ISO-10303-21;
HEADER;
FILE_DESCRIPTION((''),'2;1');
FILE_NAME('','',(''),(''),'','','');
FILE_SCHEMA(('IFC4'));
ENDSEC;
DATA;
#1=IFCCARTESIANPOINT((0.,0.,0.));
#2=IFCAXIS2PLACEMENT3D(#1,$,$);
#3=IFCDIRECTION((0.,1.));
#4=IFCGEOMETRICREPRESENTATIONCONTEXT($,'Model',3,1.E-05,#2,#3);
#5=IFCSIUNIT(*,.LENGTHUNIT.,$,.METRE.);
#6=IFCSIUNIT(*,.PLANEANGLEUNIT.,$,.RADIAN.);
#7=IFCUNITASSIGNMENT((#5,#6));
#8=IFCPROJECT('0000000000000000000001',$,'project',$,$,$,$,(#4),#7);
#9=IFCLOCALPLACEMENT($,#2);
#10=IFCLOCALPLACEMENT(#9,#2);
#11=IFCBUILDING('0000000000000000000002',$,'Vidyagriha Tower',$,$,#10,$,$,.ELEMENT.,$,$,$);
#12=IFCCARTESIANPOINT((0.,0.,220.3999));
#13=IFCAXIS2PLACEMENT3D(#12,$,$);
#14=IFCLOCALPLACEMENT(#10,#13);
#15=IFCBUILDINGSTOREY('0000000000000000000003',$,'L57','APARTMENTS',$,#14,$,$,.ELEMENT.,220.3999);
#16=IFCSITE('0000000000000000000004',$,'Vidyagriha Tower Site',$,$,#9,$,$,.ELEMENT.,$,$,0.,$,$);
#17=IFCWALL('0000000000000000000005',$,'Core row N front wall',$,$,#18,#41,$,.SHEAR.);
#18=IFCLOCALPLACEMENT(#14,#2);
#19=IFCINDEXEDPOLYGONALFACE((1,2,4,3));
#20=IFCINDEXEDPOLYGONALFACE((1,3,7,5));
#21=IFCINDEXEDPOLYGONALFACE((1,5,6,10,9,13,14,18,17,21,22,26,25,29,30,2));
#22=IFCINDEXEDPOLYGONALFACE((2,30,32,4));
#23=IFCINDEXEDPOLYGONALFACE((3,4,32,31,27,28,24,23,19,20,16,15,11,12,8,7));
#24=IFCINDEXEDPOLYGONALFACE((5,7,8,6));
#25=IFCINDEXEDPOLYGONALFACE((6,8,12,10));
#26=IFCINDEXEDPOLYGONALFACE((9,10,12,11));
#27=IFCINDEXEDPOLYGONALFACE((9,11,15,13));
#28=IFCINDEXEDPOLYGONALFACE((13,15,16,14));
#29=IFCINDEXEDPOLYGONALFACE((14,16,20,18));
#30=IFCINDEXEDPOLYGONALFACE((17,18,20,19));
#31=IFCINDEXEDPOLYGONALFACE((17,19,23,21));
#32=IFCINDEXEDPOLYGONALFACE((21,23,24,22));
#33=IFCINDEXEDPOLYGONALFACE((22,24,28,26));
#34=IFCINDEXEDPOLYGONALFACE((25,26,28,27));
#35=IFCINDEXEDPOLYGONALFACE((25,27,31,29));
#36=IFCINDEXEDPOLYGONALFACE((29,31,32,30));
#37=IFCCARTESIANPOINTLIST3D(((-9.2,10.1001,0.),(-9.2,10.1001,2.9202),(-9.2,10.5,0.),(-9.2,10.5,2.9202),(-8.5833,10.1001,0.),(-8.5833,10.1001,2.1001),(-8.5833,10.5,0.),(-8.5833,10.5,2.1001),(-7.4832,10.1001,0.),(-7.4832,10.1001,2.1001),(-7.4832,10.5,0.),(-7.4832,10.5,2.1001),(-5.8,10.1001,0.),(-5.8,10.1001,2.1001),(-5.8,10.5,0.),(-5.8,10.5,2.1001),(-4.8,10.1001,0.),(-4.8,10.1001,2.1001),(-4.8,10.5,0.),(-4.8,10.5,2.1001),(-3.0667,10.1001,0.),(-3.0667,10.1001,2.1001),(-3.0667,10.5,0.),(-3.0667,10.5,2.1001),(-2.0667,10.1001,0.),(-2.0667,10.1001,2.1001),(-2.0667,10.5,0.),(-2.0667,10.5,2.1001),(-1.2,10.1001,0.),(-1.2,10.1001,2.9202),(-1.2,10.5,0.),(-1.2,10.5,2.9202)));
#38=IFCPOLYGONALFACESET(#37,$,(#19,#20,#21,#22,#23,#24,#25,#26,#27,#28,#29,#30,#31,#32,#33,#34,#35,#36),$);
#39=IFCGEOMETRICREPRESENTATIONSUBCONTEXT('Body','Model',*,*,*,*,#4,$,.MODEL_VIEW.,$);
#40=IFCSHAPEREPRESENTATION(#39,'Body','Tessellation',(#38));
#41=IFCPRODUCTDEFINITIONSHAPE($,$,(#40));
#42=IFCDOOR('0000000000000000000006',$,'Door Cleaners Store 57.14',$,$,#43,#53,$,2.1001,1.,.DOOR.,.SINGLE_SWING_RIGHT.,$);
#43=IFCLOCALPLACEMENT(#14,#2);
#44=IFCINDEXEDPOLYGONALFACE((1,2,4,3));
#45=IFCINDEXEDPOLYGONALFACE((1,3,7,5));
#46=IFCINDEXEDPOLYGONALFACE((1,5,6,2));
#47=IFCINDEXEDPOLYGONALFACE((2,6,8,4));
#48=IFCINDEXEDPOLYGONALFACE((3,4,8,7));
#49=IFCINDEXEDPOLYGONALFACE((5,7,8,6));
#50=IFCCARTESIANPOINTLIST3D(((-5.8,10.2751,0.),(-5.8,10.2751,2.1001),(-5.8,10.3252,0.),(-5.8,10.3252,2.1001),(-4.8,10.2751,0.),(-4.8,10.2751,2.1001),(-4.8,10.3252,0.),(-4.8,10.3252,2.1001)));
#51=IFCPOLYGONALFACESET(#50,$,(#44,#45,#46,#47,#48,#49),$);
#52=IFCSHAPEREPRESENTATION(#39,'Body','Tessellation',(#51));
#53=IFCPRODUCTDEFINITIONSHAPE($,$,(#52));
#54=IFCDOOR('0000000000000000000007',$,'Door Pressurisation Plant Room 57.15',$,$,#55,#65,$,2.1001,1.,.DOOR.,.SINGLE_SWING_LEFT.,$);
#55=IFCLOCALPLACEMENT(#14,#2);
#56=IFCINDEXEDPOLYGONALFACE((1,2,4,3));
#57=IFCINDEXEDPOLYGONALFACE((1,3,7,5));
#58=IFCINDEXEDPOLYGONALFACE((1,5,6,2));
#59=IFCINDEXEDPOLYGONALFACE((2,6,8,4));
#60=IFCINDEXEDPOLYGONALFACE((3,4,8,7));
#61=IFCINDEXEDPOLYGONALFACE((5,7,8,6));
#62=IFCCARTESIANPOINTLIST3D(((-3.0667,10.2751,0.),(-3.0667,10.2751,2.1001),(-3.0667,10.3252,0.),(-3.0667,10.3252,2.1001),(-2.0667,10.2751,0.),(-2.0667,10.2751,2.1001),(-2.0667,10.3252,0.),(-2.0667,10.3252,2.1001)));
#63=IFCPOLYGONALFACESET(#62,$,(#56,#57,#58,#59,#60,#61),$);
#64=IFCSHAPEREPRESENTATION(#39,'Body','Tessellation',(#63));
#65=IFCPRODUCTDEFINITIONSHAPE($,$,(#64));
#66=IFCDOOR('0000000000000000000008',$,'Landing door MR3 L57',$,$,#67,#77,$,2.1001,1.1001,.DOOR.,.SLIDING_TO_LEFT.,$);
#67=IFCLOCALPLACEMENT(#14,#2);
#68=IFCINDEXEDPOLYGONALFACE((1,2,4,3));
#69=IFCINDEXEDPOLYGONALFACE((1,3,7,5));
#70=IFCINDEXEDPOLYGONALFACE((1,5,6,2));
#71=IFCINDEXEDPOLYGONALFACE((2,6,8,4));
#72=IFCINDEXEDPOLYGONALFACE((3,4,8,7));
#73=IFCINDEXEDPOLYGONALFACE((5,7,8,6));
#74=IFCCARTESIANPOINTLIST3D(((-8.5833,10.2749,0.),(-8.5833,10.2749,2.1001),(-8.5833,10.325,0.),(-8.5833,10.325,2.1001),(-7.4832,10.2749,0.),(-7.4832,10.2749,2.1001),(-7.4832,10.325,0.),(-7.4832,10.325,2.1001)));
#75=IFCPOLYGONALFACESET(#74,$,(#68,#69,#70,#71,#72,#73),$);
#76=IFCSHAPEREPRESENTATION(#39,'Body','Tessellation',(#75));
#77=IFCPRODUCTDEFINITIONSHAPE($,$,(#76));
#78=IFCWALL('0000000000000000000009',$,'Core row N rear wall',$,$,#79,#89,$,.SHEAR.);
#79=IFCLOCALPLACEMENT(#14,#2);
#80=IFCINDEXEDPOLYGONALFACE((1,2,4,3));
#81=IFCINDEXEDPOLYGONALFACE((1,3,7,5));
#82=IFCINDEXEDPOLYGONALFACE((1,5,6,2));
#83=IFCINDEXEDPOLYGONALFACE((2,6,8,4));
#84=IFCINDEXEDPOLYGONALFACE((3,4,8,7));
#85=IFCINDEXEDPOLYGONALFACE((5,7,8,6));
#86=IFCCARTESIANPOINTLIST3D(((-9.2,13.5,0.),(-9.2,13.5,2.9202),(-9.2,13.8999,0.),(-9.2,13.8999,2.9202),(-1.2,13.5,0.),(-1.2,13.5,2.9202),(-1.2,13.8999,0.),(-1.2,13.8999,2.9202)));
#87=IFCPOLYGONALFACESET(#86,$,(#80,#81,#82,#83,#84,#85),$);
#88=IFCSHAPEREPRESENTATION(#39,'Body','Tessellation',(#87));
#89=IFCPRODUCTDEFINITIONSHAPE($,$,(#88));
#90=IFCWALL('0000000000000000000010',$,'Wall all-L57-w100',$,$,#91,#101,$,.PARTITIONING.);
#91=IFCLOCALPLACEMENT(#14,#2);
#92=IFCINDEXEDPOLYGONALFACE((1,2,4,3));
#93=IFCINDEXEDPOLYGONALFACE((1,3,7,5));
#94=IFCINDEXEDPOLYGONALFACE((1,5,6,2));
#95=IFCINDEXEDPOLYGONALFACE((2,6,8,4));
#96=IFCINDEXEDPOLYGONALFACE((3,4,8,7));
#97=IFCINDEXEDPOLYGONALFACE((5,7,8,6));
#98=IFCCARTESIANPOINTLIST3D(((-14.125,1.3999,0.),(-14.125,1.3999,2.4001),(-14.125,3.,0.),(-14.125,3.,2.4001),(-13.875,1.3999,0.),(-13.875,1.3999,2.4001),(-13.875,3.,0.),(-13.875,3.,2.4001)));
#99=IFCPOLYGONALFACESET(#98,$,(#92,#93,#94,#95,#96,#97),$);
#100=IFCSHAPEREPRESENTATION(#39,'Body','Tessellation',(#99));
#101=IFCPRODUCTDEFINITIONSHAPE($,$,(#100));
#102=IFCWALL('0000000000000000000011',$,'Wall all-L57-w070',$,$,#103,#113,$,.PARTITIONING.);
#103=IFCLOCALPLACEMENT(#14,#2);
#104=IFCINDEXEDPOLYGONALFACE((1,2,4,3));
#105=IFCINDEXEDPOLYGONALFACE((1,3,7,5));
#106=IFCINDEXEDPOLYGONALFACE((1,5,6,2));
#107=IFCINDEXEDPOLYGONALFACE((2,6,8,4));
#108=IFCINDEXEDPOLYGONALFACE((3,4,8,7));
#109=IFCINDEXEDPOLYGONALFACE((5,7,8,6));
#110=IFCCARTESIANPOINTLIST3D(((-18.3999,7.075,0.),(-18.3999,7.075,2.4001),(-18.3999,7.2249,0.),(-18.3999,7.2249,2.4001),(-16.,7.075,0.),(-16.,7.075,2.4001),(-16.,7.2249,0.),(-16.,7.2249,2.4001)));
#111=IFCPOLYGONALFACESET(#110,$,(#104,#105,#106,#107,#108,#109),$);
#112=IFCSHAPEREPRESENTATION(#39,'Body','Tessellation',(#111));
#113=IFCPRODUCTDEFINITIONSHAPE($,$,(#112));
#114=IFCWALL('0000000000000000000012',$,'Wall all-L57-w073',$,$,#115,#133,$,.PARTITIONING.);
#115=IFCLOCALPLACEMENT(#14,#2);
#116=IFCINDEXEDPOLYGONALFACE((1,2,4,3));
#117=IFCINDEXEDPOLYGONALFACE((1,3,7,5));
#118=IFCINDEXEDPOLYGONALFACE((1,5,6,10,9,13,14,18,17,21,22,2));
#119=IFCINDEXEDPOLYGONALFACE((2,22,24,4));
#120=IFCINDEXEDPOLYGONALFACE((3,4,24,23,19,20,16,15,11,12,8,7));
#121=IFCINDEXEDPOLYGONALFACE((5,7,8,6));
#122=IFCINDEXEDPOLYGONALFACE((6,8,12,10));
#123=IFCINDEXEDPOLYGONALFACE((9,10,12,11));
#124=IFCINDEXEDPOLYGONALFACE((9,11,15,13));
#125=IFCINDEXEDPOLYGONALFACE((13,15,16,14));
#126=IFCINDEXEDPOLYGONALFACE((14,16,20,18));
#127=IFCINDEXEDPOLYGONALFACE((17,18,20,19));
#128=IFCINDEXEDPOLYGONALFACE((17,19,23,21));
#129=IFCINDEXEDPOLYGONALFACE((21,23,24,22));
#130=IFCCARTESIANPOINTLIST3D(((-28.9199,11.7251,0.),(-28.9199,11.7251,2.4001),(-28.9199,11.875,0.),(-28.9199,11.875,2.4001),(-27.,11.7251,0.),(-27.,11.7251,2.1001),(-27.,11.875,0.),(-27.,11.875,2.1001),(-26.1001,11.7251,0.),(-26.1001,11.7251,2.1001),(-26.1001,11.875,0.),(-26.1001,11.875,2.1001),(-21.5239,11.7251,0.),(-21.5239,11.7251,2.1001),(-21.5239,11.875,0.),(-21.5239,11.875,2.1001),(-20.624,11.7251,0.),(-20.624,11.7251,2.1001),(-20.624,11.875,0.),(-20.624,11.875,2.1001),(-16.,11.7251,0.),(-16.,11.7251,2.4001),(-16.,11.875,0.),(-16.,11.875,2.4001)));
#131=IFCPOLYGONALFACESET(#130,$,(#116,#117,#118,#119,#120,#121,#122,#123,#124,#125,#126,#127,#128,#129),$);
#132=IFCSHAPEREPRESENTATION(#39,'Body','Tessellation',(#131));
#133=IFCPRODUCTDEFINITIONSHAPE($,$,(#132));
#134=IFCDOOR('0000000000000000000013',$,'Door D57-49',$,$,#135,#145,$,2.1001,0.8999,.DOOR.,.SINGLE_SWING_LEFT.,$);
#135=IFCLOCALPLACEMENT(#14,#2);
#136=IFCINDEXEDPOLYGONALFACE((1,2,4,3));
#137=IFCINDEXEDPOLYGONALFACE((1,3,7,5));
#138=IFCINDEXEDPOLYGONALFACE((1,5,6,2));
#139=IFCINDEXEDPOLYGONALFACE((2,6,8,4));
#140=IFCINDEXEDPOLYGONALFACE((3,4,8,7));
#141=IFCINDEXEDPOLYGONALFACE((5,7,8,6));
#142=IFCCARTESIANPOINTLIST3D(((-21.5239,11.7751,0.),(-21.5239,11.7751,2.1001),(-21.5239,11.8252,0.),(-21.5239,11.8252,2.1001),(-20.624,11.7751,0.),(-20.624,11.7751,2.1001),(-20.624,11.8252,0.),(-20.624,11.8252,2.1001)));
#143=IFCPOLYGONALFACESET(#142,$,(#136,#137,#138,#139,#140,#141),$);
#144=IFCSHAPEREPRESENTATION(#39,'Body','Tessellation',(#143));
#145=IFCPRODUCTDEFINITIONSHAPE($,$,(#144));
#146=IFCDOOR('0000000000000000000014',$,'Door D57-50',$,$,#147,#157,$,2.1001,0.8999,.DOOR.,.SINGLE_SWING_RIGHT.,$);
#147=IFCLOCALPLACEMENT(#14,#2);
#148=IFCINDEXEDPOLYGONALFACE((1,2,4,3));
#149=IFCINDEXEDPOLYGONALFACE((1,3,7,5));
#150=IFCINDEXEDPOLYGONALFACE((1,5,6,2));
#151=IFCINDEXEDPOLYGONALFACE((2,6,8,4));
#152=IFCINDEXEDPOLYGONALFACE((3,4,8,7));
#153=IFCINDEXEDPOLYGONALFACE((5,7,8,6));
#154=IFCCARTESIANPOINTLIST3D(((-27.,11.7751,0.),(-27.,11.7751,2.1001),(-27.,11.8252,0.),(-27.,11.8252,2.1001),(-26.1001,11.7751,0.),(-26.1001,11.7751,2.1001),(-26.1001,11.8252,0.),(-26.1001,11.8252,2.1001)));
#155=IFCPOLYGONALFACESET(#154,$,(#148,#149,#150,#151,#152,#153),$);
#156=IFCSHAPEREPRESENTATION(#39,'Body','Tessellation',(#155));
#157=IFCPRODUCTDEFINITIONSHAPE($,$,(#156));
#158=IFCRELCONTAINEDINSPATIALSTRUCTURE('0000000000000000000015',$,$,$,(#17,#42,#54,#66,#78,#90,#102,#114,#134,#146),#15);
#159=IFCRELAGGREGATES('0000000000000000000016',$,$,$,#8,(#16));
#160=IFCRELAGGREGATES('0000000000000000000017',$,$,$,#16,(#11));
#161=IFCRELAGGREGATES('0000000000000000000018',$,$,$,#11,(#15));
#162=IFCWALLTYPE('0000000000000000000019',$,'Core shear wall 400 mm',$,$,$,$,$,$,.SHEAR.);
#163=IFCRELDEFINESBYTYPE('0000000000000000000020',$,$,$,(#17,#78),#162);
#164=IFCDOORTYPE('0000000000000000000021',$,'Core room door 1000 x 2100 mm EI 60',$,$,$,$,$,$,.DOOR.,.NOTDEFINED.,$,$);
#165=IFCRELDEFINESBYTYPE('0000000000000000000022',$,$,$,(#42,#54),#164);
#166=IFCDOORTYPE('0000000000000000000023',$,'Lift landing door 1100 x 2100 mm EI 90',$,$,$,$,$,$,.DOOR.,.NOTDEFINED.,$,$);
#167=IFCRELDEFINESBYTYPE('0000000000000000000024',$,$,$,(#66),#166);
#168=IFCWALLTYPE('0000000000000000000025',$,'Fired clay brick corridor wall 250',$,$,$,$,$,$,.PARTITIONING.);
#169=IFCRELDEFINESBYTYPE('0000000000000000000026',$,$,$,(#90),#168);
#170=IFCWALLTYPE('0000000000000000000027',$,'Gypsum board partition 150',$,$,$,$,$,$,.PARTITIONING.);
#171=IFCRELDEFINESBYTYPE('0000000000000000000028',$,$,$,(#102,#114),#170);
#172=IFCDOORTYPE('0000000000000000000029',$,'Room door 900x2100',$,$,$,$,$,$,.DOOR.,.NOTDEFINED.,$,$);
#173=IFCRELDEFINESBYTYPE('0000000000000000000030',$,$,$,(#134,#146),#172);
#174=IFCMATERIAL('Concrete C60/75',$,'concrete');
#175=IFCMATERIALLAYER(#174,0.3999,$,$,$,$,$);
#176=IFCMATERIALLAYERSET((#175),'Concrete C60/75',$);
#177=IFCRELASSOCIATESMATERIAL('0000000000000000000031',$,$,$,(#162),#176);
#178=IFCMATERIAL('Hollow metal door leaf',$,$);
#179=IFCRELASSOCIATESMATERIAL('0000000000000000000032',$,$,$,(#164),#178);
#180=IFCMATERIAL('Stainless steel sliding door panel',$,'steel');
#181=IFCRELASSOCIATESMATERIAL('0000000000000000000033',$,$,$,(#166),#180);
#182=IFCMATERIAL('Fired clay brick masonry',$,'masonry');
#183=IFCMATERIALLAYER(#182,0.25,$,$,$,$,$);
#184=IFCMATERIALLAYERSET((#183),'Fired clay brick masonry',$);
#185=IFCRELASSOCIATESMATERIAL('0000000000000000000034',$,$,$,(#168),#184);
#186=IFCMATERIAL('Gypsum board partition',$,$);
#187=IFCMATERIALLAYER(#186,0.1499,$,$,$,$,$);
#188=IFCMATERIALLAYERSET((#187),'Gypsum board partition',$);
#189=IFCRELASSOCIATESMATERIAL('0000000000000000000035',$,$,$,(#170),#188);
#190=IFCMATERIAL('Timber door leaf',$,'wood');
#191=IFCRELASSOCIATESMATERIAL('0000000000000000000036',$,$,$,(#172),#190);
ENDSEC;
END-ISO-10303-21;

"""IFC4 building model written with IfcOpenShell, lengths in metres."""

from ifc_helpers import new_model, si_unit, direction, frame, frame_2d, origin, place, context, subcontext, project, spatial, rectangle, extrude, material, layer, layer_set, type_object, element, fill, save


model = new_model("IFC4")

# Units and contexts
model_context = context("Model", 3, precision=1e-05, world=origin(), true_north=direction((0.0, 1.0)))
body_context = subcontext(model_context, "Body", "Model", "MODEL_VIEW")
ifc_project = project(units=[si_unit("LENGTHUNIT", "METRE"), si_unit("PLANEANGLEUNIT", "RADIAN")], contexts=[model_context])

# Site, building, storey
site_placement = place(None, origin())
site = spatial("IfcSite", under=ifc_project, at=site_placement, Name="Vidyagriha Tower Site", CompositionType="ELEMENT", RefElevation=0.0)
building_placement = place(site_placement, origin())
building = spatial("IfcBuilding", under=site, at=building_placement, Name="Vidyagriha Tower", CompositionType="ELEMENT")
storey_placement = place(building_placement, frame((0.0, 0.0, 220.3999)))
storey = spatial("IfcBuildingStorey", under=building, at=storey_placement, Name="L57", Description="APARTMENTS", CompositionType="ELEMENT", Elevation=220.3999)

# Shared definitions
ifc_material_1 = material(Name="Concrete C60/75", Category="concrete")
ifc_layer_1 = layer(ifc_material_1, 0.3999)
ifc_layer_set_1 = layer_set([ifc_layer_1], Name="Concrete C60/75")
wall_type_1 = type_object("IfcWallType", Name="Core shear wall 400 mm", PredefinedType="SHEAR", material=ifc_layer_set_1)

# Shared definitions
ifc_material_2 = material(Name="Hollow metal door leaf")
door_type_1 = type_object("IfcDoorType", Name="Core room door 1000 x 2100 mm EI 60", OperationType="NOTDEFINED", PredefinedType="DOOR", material=ifc_material_2)
ifc_material_3 = material(Name="Stainless steel sliding door panel", Category="steel")
door_type_2 = type_object("IfcDoorType", Name="Lift landing door 1100 x 2100 mm EI 90", OperationType="NOTDEFINED", PredefinedType="DOOR", material=ifc_material_3)

# Wall, openings, doors
wall_1_placement = place(storey_placement, frame((-9.2, 10.3, 0.0)))
wall_1 = element("IfcWall", 1, at=wall_1_placement, inside=storey, type_object=wall_type_1, Name="Core row N front wall", PredefinedType="SHEAR", context=body_context, shape_type="SweptSolid", body=[
    extrude(rectangle(XDim=8.0, YDim=0.3999, at=frame_2d((4.0, 0.0))), origin(), (0.0, 0.0, 1.0), 2.9202),
])
opening_1_placement = place(wall_1_placement, frame((0.6167, 0.0, 0.0)))
opening_1 = element("IfcOpeningElement", 2, at=opening_1_placement, cuts=wall_1, PredefinedType="OPENING", context=body_context, shape_type="SweptSolid", body=[
    extrude(rectangle(XDim=1.1001, YDim=2.1001, at=frame_2d((0.55, 1.05))), frame((0.0, 0.21, 0.0), z_axis=(0.0, -1.0, 0.0), x_axis=(1.0, 0.0, 0.0)), (0.0, 0.0, 1.0), 0.4199),
])
opening_2_placement = place(wall_1_placement, frame((3.3999, 0.0, 0.0)))
opening_2 = element("IfcOpeningElement", 3, at=opening_2_placement, cuts=wall_1, PredefinedType="OPENING", context=body_context, shape_type="SweptSolid", body=[
    extrude(rectangle(XDim=1.0, YDim=2.1001, at=frame_2d((0.5, 1.05))), frame((0.0, 0.21, 0.0), z_axis=(0.0, -1.0, 0.0), x_axis=(1.0, 0.0, 0.0)), (0.0, 0.0, 1.0), 0.4199),
])
opening_3_placement = place(wall_1_placement, frame((6.1333, 0.0, 0.0)))
opening_3 = element("IfcOpeningElement", 4, at=opening_3_placement, cuts=wall_1, PredefinedType="OPENING", context=body_context, shape_type="SweptSolid", body=[
    extrude(rectangle(XDim=1.0, YDim=2.1001, at=frame_2d((0.5, 1.05))), frame((0.0, 0.21, 0.0), z_axis=(0.0, -1.0, 0.0), x_axis=(1.0, 0.0, 0.0)), (0.0, 0.0, 1.0), 0.4199),
])
door_1_placement = place(opening_2_placement, frame((1.0, 0.0, 0.0), z_axis=(0.0, 0.0, 1.0), x_axis=(-1.0, 0.0, 0.0)))
door_1 = element("IfcDoor", 5, at=door_1_placement, inside=storey, type_object=door_type_1, Name="Door Cleaners Store 57.14", OperationType="SINGLE_SWING_RIGHT", OverallHeight=2.1001, OverallWidth=1.0, PredefinedType="DOOR", context=body_context, shape_type="SweptSolid", body=[
    extrude(rectangle(XDim=1.0, YDim=2.1001, at=frame_2d((0.5, 1.05))), frame((0.0, 0.0249, 0.0), z_axis=(0.0, -1.0, 0.0), x_axis=(1.0, 0.0, 0.0)), (0.0, 0.0, 1.0), 0.05),
])
fill(opening_2, door_1)
door_2_placement = place(opening_3_placement, frame((1.0, 0.0, 0.0), z_axis=(0.0, 0.0, 1.0), x_axis=(-1.0, 0.0, 0.0)))
door_2 = element("IfcDoor", 6, at=door_2_placement, inside=storey, type_object=door_type_1, Name="Door Pressurisation Plant Room 57.15", OperationType="SINGLE_SWING_LEFT", OverallHeight=2.1001, OverallWidth=1.0, PredefinedType="DOOR", context=body_context, shape_type="SweptSolid", body=[
    extrude(rectangle(XDim=1.0, YDim=2.1001, at=frame_2d((0.5, 1.05))), frame((0.0, 0.0249, 0.0), z_axis=(0.0, -1.0, 0.0), x_axis=(1.0, 0.0, 0.0)), (0.0, 0.0, 1.0), 0.05),
])
fill(opening_3, door_2)
door_3_placement = place(opening_1_placement, origin())
door_3 = element("IfcDoor", 7, at=door_3_placement, inside=storey, type_object=door_type_2, Name="Landing door MR3 L57", OperationType="SLIDING_TO_LEFT", OverallHeight=2.1001, OverallWidth=1.1001, PredefinedType="DOOR", context=body_context, shape_type="SweptSolid", body=[
    extrude(rectangle(XDim=1.1001, YDim=2.1001, at=frame_2d((0.55, 1.05))), frame((0.0, 0.0249, 0.0), z_axis=(0.0, -1.0, 0.0), x_axis=(1.0, 0.0, 0.0)), (0.0, 0.0, 1.0), 0.05),
])
fill(opening_1, door_3)

# Walls
wall_2_placement = place(storey_placement, frame((-9.2, 13.7, 0.0)))
element("IfcWall", 8, at=wall_2_placement, inside=storey, type_object=wall_type_1, Name="Core row N rear wall", PredefinedType="SHEAR", context=body_context, shape_type="SweptSolid", body=[
    extrude(rectangle(XDim=8.0, YDim=0.3999, at=frame_2d((4.0, 0.0))), origin(), (0.0, 0.0, 1.0), 2.9202),
])
ifc_material_4 = material(Name="Fired clay brick masonry", Category="masonry")
ifc_layer_2 = layer(ifc_material_4, 0.25)
ifc_layer_set_2 = layer_set([ifc_layer_2], Name="Fired clay brick masonry")
wall_type_2 = type_object("IfcWallType", Name="Fired clay brick corridor wall 250", PredefinedType="PARTITIONING", material=ifc_layer_set_2)
wall_3_placement = place(storey_placement, frame((-14.0, 3.0, 0.0), z_axis=(0.0, 0.0, 1.0), x_axis=(0.0, -1.0, 0.0)))
element("IfcWall", 9, at=wall_3_placement, inside=storey, type_object=wall_type_2, Name="Wall all-L57-w100", PredefinedType="PARTITIONING", context=body_context, shape_type="SweptSolid", body=[
    extrude(rectangle(XDim=1.6001, YDim=0.25, at=frame_2d((0.8, 0.0))), origin(), (0.0, 0.0, 1.0), 2.4001),
])
ifc_material_5 = material(Name="Gypsum board partition")
ifc_layer_3 = layer(ifc_material_5, 0.1499)
ifc_layer_set_3 = layer_set([ifc_layer_3], Name="Gypsum board partition")
wall_type_3 = type_object("IfcWallType", Name="Gypsum board partition 150", PredefinedType="PARTITIONING", material=ifc_layer_set_3)
wall_4_placement = place(storey_placement, frame((-18.3999, 7.1499, 0.0)))
element("IfcWall", 10, at=wall_4_placement, inside=storey, type_object=wall_type_3, Name="Wall all-L57-w070", PredefinedType="PARTITIONING", context=body_context, shape_type="SweptSolid", body=[
    extrude(rectangle(XDim=2.3999, YDim=0.1499, at=frame_2d((1.2, 0.0))), origin(), (0.0, 0.0, 1.0), 2.4001),
])

# Wall, openings, doors
wall_5_placement = place(storey_placement, frame((-16.0, 11.8, 0.0), z_axis=(0.0, 0.0, 1.0), x_axis=(-1.0, 0.0, 0.0)))
wall_5 = element("IfcWall", 11, at=wall_5_placement, inside=storey, type_object=wall_type_3, Name="Wall all-L57-w073", PredefinedType="PARTITIONING", context=body_context, shape_type="SweptSolid", body=[
    extrude(rectangle(XDim=12.9199, YDim=0.1499, at=frame_2d((6.46, 0.0))), origin(), (0.0, 0.0, 1.0), 2.4001),
])
opening_4_placement = place(wall_5_placement, frame((4.624, 0.0, 0.0)))
opening_4 = element("IfcOpeningElement", 12, at=opening_4_placement, cuts=wall_5, PredefinedType="OPENING", context=body_context, shape_type="SweptSolid", body=[
    extrude(rectangle(XDim=0.8999, YDim=2.1001, at=frame_2d((0.45, 1.05))), frame((0.0, 0.085, 0.0), z_axis=(0.0, -1.0, 0.0), x_axis=(1.0, 0.0, 0.0)), (0.0, 0.0, 1.0), 0.1699),
])
opening_5_placement = place(wall_5_placement, frame((10.1001, 0.0, 0.0)))
opening_5 = element("IfcOpeningElement", 13, at=opening_5_placement, cuts=wall_5, PredefinedType="OPENING", context=body_context, shape_type="SweptSolid", body=[
    extrude(rectangle(XDim=0.8999, YDim=2.1001, at=frame_2d((0.45, 1.05))), frame((0.0, 0.085, 0.0), z_axis=(0.0, -1.0, 0.0), x_axis=(1.0, 0.0, 0.0)), (0.0, 0.0, 1.0), 0.1699),
])
ifc_material_6 = material(Name="Timber door leaf", Category="wood")
door_type_3 = type_object("IfcDoorType", Name="Room door 900x2100", OperationType="NOTDEFINED", PredefinedType="DOOR", material=ifc_material_6)
door_4_placement = place(opening_4_placement, origin())
door_4 = element("IfcDoor", 14, at=door_4_placement, inside=storey, type_object=door_type_3, Name="Door D57-49", OperationType="SINGLE_SWING_LEFT", OverallHeight=2.1001, OverallWidth=0.8999, PredefinedType="DOOR", context=body_context, shape_type="SweptSolid", body=[
    extrude(rectangle(XDim=0.8999, YDim=2.1001, at=frame_2d((0.45, 1.05))), frame((0.0, 0.0249, 0.0), z_axis=(0.0, -1.0, 0.0), x_axis=(1.0, 0.0, 0.0)), (0.0, 0.0, 1.0), 0.05),
])
fill(opening_4, door_4)
door_5_placement = place(opening_5_placement, origin())
door_5 = element("IfcDoor", 15, at=door_5_placement, inside=storey, type_object=door_type_3, Name="Door D57-50", OperationType="SINGLE_SWING_RIGHT", OverallHeight=2.1001, OverallWidth=0.8999, PredefinedType="DOOR", context=body_context, shape_type="SweptSolid", body=[
    extrude(rectangle(XDim=0.8999, YDim=2.1001, at=frame_2d((0.45, 1.05))), frame((0.0, 0.0249, 0.0), z_axis=(0.0, -1.0, 0.0), x_axis=(1.0, 0.0, 0.0)), (0.0, 0.0, 1.0), 0.05),
])
fill(opening_5, door_5)

save(model, "model.ifc")
